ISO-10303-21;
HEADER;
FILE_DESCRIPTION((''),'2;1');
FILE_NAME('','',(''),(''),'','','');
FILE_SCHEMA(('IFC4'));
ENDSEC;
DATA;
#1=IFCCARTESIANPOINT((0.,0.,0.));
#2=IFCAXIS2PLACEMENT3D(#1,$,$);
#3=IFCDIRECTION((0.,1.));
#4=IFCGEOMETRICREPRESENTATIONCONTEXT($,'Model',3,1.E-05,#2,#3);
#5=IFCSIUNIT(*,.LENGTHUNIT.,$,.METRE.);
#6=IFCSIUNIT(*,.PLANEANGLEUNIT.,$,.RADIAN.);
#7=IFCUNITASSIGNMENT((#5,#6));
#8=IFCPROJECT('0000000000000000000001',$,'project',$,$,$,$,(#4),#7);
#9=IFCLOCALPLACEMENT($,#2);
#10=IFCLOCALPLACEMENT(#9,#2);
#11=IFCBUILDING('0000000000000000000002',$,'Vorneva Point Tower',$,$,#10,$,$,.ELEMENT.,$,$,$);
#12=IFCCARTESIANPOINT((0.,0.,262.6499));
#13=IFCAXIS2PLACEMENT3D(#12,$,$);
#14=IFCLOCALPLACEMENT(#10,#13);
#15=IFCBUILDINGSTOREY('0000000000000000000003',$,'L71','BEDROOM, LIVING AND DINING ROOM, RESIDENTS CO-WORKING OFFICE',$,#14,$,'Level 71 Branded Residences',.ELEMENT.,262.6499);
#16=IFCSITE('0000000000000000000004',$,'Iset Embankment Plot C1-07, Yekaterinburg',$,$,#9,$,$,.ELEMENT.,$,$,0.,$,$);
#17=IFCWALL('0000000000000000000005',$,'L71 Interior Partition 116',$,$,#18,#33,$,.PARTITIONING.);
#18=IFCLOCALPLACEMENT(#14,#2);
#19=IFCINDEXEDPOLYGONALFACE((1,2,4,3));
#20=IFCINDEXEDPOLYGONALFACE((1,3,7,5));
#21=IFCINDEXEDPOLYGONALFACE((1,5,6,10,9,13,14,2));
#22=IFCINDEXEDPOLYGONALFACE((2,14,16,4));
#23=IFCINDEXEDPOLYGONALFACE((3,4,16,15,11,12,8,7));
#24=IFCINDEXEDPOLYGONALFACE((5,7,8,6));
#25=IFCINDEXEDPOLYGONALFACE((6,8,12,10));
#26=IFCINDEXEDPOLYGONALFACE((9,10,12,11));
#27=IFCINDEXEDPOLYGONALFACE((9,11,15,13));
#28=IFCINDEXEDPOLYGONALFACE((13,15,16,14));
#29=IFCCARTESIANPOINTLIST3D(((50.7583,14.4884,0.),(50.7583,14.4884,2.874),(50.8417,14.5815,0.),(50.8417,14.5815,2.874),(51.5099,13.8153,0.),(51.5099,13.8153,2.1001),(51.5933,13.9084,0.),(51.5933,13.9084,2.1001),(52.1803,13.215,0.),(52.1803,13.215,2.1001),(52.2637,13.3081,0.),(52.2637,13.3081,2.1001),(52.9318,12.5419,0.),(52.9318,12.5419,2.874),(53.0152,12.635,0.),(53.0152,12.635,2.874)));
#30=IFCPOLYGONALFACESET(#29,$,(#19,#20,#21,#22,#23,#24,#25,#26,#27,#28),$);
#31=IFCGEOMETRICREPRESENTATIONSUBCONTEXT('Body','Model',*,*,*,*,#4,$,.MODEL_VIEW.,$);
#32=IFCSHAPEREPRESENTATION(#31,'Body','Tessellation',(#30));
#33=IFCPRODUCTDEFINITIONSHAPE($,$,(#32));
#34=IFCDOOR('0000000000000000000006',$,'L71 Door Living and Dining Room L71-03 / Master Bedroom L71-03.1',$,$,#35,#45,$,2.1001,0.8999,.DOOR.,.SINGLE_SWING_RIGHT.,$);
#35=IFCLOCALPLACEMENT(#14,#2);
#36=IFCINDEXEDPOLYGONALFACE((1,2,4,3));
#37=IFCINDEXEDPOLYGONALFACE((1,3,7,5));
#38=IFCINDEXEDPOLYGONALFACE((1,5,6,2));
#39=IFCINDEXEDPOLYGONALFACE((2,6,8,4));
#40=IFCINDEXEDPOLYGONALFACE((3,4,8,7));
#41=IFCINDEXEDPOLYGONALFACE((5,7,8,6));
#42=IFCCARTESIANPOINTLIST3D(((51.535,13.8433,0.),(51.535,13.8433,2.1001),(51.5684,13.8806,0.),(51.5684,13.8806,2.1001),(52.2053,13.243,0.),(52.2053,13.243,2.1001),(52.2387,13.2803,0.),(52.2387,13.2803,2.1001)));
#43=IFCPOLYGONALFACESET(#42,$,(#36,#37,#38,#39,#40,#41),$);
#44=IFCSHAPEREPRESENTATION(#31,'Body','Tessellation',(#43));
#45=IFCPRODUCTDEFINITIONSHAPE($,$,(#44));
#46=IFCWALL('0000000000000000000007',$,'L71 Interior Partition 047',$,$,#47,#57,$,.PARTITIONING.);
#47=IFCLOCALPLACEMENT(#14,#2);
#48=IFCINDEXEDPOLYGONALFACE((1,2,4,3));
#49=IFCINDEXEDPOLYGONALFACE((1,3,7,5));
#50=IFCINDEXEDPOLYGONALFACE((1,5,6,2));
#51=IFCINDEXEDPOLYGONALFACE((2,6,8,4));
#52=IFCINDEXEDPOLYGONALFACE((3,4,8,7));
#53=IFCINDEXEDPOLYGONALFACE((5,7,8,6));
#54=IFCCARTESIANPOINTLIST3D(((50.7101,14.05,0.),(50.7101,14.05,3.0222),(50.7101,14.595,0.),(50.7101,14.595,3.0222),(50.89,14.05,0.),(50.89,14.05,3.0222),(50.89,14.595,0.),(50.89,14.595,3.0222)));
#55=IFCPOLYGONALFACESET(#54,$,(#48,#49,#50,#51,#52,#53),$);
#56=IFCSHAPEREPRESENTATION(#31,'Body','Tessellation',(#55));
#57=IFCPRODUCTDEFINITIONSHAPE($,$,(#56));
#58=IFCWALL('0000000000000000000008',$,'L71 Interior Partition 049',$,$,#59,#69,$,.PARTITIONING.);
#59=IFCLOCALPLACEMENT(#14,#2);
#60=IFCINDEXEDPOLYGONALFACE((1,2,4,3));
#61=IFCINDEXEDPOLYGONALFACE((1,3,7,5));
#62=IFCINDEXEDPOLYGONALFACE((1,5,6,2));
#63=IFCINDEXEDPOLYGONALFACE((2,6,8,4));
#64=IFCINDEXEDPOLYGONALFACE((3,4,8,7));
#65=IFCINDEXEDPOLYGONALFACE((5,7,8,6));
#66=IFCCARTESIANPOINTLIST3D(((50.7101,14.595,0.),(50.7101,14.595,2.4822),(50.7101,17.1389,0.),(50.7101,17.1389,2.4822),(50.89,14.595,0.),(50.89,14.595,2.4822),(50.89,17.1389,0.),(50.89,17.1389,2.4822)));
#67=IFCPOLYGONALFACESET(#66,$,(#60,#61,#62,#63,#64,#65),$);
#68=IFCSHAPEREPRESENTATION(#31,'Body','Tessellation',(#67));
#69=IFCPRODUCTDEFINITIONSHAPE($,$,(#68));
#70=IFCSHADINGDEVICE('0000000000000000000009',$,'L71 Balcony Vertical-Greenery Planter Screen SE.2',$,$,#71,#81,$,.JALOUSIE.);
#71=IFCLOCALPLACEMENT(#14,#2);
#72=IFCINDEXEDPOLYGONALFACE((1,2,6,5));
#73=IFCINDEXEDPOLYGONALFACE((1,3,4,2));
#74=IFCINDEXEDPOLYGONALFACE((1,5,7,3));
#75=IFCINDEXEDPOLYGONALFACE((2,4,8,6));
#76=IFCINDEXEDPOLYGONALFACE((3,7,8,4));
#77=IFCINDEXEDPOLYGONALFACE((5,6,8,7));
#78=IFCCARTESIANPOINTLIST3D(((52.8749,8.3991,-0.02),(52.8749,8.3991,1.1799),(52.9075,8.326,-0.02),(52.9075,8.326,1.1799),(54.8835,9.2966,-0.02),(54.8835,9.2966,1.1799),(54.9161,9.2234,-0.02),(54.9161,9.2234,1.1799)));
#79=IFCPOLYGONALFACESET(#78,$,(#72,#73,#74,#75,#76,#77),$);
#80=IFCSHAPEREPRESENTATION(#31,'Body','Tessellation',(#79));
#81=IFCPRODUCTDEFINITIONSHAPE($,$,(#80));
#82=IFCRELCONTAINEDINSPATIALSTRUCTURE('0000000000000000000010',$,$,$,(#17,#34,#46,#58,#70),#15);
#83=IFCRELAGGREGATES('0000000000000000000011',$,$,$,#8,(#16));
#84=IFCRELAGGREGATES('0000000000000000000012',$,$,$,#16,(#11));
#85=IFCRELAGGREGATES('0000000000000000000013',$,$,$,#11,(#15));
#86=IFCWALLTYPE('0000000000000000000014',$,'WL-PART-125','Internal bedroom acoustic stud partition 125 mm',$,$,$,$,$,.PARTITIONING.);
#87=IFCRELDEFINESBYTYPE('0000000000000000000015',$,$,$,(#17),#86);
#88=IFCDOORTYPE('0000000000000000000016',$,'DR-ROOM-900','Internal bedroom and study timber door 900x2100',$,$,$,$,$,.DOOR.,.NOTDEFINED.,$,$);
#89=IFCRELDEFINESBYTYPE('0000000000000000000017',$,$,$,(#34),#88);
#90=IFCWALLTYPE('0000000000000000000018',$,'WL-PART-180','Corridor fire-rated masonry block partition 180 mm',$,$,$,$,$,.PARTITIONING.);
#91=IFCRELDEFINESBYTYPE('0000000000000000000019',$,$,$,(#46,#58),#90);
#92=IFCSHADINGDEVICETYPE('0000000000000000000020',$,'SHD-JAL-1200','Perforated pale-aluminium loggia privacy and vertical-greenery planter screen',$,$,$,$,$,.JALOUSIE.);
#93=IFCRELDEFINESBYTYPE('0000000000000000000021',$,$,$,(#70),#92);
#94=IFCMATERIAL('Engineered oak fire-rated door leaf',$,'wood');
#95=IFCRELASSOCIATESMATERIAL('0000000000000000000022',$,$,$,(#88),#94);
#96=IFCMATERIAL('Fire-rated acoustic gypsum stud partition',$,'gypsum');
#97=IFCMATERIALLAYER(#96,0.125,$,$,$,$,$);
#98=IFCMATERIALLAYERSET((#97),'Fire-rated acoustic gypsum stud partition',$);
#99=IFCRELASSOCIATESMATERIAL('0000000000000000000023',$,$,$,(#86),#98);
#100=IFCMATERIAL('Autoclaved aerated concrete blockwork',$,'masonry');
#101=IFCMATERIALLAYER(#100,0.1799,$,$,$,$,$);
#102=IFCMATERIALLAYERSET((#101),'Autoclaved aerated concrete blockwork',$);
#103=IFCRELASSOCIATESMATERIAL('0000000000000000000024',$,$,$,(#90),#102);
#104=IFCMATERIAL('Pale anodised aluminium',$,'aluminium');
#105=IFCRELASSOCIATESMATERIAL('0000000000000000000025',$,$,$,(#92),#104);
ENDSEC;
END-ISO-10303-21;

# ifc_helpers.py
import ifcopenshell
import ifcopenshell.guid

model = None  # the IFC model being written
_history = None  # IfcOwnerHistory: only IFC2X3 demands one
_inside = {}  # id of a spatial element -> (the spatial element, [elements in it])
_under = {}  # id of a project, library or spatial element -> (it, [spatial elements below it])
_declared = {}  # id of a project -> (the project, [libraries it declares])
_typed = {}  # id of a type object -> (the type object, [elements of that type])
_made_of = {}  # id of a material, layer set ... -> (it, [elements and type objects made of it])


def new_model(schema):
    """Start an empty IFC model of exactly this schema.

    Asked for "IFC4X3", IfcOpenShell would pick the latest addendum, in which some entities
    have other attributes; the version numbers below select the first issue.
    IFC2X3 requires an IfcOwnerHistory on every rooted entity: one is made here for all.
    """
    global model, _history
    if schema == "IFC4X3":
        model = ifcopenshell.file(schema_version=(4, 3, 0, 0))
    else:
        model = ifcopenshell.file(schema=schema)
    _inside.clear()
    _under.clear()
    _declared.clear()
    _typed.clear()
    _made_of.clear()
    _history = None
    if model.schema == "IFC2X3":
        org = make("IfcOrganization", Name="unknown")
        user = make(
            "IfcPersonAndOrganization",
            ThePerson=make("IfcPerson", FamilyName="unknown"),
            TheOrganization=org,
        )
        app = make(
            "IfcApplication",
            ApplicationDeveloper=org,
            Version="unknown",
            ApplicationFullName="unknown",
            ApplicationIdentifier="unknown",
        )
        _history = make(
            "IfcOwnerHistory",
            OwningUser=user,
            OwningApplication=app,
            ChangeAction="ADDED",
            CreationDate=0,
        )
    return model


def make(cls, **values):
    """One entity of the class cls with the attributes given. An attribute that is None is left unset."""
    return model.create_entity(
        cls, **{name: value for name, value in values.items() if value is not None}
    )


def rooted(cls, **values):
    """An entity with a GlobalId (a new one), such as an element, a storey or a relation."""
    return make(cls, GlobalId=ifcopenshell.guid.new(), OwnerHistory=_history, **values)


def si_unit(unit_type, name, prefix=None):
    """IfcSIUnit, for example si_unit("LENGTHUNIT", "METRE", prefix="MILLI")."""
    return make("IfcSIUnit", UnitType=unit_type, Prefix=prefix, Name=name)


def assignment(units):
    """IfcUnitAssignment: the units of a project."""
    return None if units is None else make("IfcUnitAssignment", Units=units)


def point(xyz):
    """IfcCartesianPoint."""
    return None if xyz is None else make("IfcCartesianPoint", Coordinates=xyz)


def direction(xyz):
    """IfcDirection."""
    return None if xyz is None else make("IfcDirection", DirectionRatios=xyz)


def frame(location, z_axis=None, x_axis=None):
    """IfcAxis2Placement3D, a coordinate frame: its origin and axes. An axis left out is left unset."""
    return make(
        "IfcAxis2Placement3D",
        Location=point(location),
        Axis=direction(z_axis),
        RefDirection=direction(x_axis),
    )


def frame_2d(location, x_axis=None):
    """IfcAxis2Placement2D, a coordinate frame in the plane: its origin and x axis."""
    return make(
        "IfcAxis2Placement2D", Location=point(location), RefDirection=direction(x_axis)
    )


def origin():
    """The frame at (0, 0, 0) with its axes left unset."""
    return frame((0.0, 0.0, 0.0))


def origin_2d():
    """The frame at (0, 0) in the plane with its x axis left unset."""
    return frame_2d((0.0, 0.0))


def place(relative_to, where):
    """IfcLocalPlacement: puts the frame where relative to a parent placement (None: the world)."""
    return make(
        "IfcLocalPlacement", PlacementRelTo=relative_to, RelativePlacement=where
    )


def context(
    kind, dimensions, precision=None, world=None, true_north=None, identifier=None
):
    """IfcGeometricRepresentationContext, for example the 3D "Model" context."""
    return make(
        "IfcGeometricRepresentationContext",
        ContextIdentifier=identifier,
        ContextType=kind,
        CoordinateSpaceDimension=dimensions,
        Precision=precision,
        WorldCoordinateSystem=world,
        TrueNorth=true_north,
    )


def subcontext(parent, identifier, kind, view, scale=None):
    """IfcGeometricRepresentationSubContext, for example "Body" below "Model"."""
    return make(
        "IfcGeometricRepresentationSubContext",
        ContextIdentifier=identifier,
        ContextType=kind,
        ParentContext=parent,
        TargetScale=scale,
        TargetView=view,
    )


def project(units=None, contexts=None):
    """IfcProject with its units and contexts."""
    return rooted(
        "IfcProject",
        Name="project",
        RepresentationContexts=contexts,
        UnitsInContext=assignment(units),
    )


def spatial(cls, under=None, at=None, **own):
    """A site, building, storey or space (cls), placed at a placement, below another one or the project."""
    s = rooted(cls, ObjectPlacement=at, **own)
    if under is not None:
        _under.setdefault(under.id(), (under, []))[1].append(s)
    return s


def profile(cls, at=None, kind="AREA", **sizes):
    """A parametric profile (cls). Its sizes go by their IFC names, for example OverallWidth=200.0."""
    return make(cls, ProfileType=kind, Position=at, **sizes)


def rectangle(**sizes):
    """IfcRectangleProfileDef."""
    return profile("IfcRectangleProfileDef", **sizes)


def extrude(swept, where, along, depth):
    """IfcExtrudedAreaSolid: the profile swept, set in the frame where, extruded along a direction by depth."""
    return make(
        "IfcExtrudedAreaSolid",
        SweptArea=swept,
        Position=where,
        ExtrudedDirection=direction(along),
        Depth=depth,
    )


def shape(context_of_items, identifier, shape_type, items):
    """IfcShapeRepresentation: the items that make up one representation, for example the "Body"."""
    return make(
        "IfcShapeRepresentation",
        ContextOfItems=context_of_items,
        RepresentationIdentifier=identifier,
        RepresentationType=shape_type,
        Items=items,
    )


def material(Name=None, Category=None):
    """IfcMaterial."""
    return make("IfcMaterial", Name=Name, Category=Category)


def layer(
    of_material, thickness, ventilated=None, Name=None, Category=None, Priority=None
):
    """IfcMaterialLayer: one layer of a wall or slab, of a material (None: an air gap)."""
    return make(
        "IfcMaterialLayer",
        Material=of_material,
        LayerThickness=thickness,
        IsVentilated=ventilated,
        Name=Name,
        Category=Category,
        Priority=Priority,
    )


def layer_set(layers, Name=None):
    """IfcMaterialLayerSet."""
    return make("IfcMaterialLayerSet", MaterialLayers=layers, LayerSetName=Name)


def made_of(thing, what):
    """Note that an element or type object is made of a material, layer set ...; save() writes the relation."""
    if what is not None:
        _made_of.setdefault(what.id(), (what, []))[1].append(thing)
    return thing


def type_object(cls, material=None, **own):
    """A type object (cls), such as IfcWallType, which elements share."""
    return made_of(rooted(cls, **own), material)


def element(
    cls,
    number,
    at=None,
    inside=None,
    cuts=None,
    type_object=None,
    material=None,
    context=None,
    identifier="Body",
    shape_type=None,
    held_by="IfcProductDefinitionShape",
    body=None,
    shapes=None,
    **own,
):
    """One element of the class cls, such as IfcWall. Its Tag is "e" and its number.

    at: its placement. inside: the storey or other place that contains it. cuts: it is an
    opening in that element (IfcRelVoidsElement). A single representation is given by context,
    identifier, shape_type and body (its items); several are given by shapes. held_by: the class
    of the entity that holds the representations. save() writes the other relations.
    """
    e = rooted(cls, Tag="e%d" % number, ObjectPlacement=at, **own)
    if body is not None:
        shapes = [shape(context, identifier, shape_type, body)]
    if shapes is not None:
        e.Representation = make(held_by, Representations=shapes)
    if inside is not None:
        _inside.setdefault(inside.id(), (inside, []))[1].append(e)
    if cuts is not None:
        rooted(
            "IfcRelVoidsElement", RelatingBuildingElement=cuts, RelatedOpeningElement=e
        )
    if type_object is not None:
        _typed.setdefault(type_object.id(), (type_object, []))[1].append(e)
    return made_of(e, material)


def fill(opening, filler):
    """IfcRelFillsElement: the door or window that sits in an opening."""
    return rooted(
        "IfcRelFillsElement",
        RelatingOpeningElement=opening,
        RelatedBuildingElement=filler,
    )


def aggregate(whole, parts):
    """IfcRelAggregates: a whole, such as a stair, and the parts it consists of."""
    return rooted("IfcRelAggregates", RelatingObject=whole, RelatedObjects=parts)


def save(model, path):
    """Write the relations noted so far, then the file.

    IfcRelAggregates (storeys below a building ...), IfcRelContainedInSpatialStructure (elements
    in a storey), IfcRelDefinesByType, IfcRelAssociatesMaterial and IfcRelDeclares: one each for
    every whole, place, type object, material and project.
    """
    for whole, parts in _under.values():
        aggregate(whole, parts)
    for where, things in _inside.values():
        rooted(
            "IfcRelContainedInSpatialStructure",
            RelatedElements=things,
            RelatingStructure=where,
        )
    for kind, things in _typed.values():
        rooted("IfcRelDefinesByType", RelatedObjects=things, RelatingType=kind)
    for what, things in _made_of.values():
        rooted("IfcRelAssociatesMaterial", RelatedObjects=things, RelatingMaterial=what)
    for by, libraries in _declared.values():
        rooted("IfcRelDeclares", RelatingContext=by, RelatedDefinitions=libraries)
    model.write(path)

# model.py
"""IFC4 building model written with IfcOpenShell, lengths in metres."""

from ifc_helpers import new_model, si_unit, direction, frame, frame_2d, origin, origin_2d, place, context, subcontext, project, spatial, rectangle, extrude, material, layer, layer_set, type_object, element, fill, save


model = new_model("IFC4")

# Units and contexts
model_context = context("Model", 3, precision=1e-05, world=origin(), true_north=direction((0.0, 1.0)))
body_context = subcontext(model_context, "Body", "Model", "MODEL_VIEW")
ifc_project = project(units=[si_unit("LENGTHUNIT", "METRE"), si_unit("PLANEANGLEUNIT", "RADIAN")], contexts=[model_context])

# Site, building, storey
site_placement = place(None, origin())
site = spatial("IfcSite", under=ifc_project, at=site_placement, Name="Iset Embankment Plot C1-07, Yekaterinburg", CompositionType="ELEMENT", RefElevation=0.0)
building_placement = place(site_placement, origin())
building = spatial("IfcBuilding", under=site, at=building_placement, Name="Vorneva Point Tower", CompositionType="ELEMENT")
storey_placement = place(building_placement, frame((0.0, 0.0, 262.6499)))
storey = spatial("IfcBuildingStorey", under=building, at=storey_placement, Name="L71", Description="BEDROOM, LIVING AND DINING ROOM, RESIDENTS CO-WORKING OFFICE", LongName="Level 71 Branded Residences", CompositionType="ELEMENT", Elevation=262.6499)

# Shared definitions
ifc_material_1 = material(Name="Pale anodised aluminium", Category="aluminium")

# Shared definitions
ifc_material_2 = material(Name="Fire-rated acoustic gypsum stud partition", Category="gypsum")
ifc_material_3 = material(Name="Engineered oak fire-rated door leaf", Category="wood")
door_type = type_object("IfcDoorType", Name="DR-ROOM-900", Description="Internal bedroom and study timber door 900x2100", OperationType="NOTDEFINED", PredefinedType="DOOR", material=ifc_material_3)

# Shared definitions
ifc_layer_1 = layer(ifc_material_2, 0.125)
ifc_layer_set_1 = layer_set([ifc_layer_1], Name="Fire-rated acoustic gypsum stud partition")
wall_type_1 = type_object("IfcWallType", Name="WL-PART-125", Description="Internal bedroom acoustic stud partition 125 mm", PredefinedType="PARTITIONING", material=ifc_layer_set_1)

# Wall, opening, door
wall_1_placement = place(storey_placement, frame((52.9736, 12.5884, 0.0), z_axis=(0.0, 0.0, 1.0), x_axis=(-0.744944, 0.667127, 0.0)))
wall_1 = element("IfcWall", 1, at=wall_1_placement, inside=storey, type_object=wall_type_1, Name="L71 Interior Partition 116", PredefinedType="PARTITIONING", context=body_context, shape_type="SweptSolid", body=[
    extrude(rectangle(XDim=2.9177, YDim=0.125, at=frame_2d((1.459, 0.0))), origin(), (0.0, 0.0, 1.0), 2.874),
])
opening_1_placement = place(wall_1_placement, frame((1.009, 0.0, 0.0)))
opening_1 = element("IfcOpeningElement", 2, at=opening_1_placement, cuts=wall_1, PredefinedType="OPENING", context=body_context, shape_type="SweptSolid", body=[
    extrude(rectangle(XDim=0.8999, YDim=2.1001, at=frame_2d((0.45, 1.05))), frame((0.0, 0.0774, 0.0), z_axis=(0.0, -1.0, 0.0), x_axis=(1.0, 0.0, 0.0)), (0.0, 0.0, 1.0), 0.1548),
])
door_1_placement = place(opening_1_placement, origin())
door_1 = element("IfcDoor", 3, at=door_1_placement, inside=storey, type_object=door_type, Name="L71 Door Living and Dining Room L71-03 / Master Bedroom L71-03.1", OperationType="SINGLE_SWING_RIGHT", OverallHeight=2.1001, OverallWidth=0.8999, PredefinedType="DOOR", context=body_context, shape_type="SweptSolid", body=[
    extrude(rectangle(XDim=0.8999, YDim=2.1001, at=frame_2d((0.45, 1.05))), frame((0.0, 0.0249, 0.0), z_axis=(0.0, -1.0, 0.0), x_axis=(1.0, 0.0, 0.0)), (0.0, 0.0, 1.0), 0.05),
])
fill(opening_1, door_1)

# Walls
ifc_material_4 = material(Name="Autoclaved aerated concrete blockwork", Category="masonry")
ifc_layer_2 = layer(ifc_material_4, 0.1799)
ifc_layer_set_2 = layer_set([ifc_layer_2], Name="Autoclaved aerated concrete blockwork")
wall_type_2 = type_object("IfcWallType", Name="WL-PART-180", Description="Corridor fire-rated masonry block partition 180 mm", PredefinedType="PARTITIONING", material=ifc_layer_set_2)
wall_2_placement = place(storey_placement, frame((50.8, 14.05, 0.0), z_axis=(0.0, 0.0, 1.0), x_axis=(0.0, 1.0, 0.0)))
element("IfcWall", 4, at=wall_2_placement, inside=storey, type_object=wall_type_2, Name="L71 Interior Partition 047", PredefinedType="PARTITIONING", context=body_context, shape_type="SweptSolid", body=[
    extrude(rectangle(XDim=0.5449, YDim=0.1799, at=frame_2d((0.2725, 0.0))), origin(), (0.0, 0.0, 1.0), 3.0222),
])
wall_3_placement = place(storey_placement, frame((50.8, 14.595, 0.0), z_axis=(0.0, 0.0, 1.0), x_axis=(0.0, 1.0, 0.0)))
element("IfcWall", 5, at=wall_3_placement, inside=storey, type_object=wall_type_2, Name="L71 Interior Partition 049", PredefinedType="PARTITIONING", context=body_context, shape_type="SweptSolid", body=[
    extrude(rectangle(XDim=2.5439, YDim=0.1799, at=frame_2d((1.272, 0.0))), origin(), (0.0, 0.0, 1.0), 2.4822),
])

# Shading device
shading_device_type = type_object("IfcShadingDeviceType", Name="SHD-JAL-1200", Description="Perforated pale-aluminium loggia privacy and vertical-greenery planter screen", PredefinedType="JALOUSIE", material=ifc_material_1)
shading_device_placement = place(storey_placement, frame((53.8955, 8.8113, -0.02), z_axis=(0.0, 0.0, 1.0), x_axis=(0.913012, 0.407932, 0.0)))
element("IfcShadingDevice", 6, at=shading_device_placement, inside=storey, type_object=shading_device_type, Name="L71 Balcony Vertical-Greenery Planter Screen SE.2", PredefinedType="JALOUSIE", context=body_context, shape_type="SweptSolid", body=[
    extrude(rectangle(XDim=2.2, YDim=0.0801, at=origin_2d()), origin(), (0.0, 0.0, 1.0), 1.2),
])

save(model, "model.ifc")
